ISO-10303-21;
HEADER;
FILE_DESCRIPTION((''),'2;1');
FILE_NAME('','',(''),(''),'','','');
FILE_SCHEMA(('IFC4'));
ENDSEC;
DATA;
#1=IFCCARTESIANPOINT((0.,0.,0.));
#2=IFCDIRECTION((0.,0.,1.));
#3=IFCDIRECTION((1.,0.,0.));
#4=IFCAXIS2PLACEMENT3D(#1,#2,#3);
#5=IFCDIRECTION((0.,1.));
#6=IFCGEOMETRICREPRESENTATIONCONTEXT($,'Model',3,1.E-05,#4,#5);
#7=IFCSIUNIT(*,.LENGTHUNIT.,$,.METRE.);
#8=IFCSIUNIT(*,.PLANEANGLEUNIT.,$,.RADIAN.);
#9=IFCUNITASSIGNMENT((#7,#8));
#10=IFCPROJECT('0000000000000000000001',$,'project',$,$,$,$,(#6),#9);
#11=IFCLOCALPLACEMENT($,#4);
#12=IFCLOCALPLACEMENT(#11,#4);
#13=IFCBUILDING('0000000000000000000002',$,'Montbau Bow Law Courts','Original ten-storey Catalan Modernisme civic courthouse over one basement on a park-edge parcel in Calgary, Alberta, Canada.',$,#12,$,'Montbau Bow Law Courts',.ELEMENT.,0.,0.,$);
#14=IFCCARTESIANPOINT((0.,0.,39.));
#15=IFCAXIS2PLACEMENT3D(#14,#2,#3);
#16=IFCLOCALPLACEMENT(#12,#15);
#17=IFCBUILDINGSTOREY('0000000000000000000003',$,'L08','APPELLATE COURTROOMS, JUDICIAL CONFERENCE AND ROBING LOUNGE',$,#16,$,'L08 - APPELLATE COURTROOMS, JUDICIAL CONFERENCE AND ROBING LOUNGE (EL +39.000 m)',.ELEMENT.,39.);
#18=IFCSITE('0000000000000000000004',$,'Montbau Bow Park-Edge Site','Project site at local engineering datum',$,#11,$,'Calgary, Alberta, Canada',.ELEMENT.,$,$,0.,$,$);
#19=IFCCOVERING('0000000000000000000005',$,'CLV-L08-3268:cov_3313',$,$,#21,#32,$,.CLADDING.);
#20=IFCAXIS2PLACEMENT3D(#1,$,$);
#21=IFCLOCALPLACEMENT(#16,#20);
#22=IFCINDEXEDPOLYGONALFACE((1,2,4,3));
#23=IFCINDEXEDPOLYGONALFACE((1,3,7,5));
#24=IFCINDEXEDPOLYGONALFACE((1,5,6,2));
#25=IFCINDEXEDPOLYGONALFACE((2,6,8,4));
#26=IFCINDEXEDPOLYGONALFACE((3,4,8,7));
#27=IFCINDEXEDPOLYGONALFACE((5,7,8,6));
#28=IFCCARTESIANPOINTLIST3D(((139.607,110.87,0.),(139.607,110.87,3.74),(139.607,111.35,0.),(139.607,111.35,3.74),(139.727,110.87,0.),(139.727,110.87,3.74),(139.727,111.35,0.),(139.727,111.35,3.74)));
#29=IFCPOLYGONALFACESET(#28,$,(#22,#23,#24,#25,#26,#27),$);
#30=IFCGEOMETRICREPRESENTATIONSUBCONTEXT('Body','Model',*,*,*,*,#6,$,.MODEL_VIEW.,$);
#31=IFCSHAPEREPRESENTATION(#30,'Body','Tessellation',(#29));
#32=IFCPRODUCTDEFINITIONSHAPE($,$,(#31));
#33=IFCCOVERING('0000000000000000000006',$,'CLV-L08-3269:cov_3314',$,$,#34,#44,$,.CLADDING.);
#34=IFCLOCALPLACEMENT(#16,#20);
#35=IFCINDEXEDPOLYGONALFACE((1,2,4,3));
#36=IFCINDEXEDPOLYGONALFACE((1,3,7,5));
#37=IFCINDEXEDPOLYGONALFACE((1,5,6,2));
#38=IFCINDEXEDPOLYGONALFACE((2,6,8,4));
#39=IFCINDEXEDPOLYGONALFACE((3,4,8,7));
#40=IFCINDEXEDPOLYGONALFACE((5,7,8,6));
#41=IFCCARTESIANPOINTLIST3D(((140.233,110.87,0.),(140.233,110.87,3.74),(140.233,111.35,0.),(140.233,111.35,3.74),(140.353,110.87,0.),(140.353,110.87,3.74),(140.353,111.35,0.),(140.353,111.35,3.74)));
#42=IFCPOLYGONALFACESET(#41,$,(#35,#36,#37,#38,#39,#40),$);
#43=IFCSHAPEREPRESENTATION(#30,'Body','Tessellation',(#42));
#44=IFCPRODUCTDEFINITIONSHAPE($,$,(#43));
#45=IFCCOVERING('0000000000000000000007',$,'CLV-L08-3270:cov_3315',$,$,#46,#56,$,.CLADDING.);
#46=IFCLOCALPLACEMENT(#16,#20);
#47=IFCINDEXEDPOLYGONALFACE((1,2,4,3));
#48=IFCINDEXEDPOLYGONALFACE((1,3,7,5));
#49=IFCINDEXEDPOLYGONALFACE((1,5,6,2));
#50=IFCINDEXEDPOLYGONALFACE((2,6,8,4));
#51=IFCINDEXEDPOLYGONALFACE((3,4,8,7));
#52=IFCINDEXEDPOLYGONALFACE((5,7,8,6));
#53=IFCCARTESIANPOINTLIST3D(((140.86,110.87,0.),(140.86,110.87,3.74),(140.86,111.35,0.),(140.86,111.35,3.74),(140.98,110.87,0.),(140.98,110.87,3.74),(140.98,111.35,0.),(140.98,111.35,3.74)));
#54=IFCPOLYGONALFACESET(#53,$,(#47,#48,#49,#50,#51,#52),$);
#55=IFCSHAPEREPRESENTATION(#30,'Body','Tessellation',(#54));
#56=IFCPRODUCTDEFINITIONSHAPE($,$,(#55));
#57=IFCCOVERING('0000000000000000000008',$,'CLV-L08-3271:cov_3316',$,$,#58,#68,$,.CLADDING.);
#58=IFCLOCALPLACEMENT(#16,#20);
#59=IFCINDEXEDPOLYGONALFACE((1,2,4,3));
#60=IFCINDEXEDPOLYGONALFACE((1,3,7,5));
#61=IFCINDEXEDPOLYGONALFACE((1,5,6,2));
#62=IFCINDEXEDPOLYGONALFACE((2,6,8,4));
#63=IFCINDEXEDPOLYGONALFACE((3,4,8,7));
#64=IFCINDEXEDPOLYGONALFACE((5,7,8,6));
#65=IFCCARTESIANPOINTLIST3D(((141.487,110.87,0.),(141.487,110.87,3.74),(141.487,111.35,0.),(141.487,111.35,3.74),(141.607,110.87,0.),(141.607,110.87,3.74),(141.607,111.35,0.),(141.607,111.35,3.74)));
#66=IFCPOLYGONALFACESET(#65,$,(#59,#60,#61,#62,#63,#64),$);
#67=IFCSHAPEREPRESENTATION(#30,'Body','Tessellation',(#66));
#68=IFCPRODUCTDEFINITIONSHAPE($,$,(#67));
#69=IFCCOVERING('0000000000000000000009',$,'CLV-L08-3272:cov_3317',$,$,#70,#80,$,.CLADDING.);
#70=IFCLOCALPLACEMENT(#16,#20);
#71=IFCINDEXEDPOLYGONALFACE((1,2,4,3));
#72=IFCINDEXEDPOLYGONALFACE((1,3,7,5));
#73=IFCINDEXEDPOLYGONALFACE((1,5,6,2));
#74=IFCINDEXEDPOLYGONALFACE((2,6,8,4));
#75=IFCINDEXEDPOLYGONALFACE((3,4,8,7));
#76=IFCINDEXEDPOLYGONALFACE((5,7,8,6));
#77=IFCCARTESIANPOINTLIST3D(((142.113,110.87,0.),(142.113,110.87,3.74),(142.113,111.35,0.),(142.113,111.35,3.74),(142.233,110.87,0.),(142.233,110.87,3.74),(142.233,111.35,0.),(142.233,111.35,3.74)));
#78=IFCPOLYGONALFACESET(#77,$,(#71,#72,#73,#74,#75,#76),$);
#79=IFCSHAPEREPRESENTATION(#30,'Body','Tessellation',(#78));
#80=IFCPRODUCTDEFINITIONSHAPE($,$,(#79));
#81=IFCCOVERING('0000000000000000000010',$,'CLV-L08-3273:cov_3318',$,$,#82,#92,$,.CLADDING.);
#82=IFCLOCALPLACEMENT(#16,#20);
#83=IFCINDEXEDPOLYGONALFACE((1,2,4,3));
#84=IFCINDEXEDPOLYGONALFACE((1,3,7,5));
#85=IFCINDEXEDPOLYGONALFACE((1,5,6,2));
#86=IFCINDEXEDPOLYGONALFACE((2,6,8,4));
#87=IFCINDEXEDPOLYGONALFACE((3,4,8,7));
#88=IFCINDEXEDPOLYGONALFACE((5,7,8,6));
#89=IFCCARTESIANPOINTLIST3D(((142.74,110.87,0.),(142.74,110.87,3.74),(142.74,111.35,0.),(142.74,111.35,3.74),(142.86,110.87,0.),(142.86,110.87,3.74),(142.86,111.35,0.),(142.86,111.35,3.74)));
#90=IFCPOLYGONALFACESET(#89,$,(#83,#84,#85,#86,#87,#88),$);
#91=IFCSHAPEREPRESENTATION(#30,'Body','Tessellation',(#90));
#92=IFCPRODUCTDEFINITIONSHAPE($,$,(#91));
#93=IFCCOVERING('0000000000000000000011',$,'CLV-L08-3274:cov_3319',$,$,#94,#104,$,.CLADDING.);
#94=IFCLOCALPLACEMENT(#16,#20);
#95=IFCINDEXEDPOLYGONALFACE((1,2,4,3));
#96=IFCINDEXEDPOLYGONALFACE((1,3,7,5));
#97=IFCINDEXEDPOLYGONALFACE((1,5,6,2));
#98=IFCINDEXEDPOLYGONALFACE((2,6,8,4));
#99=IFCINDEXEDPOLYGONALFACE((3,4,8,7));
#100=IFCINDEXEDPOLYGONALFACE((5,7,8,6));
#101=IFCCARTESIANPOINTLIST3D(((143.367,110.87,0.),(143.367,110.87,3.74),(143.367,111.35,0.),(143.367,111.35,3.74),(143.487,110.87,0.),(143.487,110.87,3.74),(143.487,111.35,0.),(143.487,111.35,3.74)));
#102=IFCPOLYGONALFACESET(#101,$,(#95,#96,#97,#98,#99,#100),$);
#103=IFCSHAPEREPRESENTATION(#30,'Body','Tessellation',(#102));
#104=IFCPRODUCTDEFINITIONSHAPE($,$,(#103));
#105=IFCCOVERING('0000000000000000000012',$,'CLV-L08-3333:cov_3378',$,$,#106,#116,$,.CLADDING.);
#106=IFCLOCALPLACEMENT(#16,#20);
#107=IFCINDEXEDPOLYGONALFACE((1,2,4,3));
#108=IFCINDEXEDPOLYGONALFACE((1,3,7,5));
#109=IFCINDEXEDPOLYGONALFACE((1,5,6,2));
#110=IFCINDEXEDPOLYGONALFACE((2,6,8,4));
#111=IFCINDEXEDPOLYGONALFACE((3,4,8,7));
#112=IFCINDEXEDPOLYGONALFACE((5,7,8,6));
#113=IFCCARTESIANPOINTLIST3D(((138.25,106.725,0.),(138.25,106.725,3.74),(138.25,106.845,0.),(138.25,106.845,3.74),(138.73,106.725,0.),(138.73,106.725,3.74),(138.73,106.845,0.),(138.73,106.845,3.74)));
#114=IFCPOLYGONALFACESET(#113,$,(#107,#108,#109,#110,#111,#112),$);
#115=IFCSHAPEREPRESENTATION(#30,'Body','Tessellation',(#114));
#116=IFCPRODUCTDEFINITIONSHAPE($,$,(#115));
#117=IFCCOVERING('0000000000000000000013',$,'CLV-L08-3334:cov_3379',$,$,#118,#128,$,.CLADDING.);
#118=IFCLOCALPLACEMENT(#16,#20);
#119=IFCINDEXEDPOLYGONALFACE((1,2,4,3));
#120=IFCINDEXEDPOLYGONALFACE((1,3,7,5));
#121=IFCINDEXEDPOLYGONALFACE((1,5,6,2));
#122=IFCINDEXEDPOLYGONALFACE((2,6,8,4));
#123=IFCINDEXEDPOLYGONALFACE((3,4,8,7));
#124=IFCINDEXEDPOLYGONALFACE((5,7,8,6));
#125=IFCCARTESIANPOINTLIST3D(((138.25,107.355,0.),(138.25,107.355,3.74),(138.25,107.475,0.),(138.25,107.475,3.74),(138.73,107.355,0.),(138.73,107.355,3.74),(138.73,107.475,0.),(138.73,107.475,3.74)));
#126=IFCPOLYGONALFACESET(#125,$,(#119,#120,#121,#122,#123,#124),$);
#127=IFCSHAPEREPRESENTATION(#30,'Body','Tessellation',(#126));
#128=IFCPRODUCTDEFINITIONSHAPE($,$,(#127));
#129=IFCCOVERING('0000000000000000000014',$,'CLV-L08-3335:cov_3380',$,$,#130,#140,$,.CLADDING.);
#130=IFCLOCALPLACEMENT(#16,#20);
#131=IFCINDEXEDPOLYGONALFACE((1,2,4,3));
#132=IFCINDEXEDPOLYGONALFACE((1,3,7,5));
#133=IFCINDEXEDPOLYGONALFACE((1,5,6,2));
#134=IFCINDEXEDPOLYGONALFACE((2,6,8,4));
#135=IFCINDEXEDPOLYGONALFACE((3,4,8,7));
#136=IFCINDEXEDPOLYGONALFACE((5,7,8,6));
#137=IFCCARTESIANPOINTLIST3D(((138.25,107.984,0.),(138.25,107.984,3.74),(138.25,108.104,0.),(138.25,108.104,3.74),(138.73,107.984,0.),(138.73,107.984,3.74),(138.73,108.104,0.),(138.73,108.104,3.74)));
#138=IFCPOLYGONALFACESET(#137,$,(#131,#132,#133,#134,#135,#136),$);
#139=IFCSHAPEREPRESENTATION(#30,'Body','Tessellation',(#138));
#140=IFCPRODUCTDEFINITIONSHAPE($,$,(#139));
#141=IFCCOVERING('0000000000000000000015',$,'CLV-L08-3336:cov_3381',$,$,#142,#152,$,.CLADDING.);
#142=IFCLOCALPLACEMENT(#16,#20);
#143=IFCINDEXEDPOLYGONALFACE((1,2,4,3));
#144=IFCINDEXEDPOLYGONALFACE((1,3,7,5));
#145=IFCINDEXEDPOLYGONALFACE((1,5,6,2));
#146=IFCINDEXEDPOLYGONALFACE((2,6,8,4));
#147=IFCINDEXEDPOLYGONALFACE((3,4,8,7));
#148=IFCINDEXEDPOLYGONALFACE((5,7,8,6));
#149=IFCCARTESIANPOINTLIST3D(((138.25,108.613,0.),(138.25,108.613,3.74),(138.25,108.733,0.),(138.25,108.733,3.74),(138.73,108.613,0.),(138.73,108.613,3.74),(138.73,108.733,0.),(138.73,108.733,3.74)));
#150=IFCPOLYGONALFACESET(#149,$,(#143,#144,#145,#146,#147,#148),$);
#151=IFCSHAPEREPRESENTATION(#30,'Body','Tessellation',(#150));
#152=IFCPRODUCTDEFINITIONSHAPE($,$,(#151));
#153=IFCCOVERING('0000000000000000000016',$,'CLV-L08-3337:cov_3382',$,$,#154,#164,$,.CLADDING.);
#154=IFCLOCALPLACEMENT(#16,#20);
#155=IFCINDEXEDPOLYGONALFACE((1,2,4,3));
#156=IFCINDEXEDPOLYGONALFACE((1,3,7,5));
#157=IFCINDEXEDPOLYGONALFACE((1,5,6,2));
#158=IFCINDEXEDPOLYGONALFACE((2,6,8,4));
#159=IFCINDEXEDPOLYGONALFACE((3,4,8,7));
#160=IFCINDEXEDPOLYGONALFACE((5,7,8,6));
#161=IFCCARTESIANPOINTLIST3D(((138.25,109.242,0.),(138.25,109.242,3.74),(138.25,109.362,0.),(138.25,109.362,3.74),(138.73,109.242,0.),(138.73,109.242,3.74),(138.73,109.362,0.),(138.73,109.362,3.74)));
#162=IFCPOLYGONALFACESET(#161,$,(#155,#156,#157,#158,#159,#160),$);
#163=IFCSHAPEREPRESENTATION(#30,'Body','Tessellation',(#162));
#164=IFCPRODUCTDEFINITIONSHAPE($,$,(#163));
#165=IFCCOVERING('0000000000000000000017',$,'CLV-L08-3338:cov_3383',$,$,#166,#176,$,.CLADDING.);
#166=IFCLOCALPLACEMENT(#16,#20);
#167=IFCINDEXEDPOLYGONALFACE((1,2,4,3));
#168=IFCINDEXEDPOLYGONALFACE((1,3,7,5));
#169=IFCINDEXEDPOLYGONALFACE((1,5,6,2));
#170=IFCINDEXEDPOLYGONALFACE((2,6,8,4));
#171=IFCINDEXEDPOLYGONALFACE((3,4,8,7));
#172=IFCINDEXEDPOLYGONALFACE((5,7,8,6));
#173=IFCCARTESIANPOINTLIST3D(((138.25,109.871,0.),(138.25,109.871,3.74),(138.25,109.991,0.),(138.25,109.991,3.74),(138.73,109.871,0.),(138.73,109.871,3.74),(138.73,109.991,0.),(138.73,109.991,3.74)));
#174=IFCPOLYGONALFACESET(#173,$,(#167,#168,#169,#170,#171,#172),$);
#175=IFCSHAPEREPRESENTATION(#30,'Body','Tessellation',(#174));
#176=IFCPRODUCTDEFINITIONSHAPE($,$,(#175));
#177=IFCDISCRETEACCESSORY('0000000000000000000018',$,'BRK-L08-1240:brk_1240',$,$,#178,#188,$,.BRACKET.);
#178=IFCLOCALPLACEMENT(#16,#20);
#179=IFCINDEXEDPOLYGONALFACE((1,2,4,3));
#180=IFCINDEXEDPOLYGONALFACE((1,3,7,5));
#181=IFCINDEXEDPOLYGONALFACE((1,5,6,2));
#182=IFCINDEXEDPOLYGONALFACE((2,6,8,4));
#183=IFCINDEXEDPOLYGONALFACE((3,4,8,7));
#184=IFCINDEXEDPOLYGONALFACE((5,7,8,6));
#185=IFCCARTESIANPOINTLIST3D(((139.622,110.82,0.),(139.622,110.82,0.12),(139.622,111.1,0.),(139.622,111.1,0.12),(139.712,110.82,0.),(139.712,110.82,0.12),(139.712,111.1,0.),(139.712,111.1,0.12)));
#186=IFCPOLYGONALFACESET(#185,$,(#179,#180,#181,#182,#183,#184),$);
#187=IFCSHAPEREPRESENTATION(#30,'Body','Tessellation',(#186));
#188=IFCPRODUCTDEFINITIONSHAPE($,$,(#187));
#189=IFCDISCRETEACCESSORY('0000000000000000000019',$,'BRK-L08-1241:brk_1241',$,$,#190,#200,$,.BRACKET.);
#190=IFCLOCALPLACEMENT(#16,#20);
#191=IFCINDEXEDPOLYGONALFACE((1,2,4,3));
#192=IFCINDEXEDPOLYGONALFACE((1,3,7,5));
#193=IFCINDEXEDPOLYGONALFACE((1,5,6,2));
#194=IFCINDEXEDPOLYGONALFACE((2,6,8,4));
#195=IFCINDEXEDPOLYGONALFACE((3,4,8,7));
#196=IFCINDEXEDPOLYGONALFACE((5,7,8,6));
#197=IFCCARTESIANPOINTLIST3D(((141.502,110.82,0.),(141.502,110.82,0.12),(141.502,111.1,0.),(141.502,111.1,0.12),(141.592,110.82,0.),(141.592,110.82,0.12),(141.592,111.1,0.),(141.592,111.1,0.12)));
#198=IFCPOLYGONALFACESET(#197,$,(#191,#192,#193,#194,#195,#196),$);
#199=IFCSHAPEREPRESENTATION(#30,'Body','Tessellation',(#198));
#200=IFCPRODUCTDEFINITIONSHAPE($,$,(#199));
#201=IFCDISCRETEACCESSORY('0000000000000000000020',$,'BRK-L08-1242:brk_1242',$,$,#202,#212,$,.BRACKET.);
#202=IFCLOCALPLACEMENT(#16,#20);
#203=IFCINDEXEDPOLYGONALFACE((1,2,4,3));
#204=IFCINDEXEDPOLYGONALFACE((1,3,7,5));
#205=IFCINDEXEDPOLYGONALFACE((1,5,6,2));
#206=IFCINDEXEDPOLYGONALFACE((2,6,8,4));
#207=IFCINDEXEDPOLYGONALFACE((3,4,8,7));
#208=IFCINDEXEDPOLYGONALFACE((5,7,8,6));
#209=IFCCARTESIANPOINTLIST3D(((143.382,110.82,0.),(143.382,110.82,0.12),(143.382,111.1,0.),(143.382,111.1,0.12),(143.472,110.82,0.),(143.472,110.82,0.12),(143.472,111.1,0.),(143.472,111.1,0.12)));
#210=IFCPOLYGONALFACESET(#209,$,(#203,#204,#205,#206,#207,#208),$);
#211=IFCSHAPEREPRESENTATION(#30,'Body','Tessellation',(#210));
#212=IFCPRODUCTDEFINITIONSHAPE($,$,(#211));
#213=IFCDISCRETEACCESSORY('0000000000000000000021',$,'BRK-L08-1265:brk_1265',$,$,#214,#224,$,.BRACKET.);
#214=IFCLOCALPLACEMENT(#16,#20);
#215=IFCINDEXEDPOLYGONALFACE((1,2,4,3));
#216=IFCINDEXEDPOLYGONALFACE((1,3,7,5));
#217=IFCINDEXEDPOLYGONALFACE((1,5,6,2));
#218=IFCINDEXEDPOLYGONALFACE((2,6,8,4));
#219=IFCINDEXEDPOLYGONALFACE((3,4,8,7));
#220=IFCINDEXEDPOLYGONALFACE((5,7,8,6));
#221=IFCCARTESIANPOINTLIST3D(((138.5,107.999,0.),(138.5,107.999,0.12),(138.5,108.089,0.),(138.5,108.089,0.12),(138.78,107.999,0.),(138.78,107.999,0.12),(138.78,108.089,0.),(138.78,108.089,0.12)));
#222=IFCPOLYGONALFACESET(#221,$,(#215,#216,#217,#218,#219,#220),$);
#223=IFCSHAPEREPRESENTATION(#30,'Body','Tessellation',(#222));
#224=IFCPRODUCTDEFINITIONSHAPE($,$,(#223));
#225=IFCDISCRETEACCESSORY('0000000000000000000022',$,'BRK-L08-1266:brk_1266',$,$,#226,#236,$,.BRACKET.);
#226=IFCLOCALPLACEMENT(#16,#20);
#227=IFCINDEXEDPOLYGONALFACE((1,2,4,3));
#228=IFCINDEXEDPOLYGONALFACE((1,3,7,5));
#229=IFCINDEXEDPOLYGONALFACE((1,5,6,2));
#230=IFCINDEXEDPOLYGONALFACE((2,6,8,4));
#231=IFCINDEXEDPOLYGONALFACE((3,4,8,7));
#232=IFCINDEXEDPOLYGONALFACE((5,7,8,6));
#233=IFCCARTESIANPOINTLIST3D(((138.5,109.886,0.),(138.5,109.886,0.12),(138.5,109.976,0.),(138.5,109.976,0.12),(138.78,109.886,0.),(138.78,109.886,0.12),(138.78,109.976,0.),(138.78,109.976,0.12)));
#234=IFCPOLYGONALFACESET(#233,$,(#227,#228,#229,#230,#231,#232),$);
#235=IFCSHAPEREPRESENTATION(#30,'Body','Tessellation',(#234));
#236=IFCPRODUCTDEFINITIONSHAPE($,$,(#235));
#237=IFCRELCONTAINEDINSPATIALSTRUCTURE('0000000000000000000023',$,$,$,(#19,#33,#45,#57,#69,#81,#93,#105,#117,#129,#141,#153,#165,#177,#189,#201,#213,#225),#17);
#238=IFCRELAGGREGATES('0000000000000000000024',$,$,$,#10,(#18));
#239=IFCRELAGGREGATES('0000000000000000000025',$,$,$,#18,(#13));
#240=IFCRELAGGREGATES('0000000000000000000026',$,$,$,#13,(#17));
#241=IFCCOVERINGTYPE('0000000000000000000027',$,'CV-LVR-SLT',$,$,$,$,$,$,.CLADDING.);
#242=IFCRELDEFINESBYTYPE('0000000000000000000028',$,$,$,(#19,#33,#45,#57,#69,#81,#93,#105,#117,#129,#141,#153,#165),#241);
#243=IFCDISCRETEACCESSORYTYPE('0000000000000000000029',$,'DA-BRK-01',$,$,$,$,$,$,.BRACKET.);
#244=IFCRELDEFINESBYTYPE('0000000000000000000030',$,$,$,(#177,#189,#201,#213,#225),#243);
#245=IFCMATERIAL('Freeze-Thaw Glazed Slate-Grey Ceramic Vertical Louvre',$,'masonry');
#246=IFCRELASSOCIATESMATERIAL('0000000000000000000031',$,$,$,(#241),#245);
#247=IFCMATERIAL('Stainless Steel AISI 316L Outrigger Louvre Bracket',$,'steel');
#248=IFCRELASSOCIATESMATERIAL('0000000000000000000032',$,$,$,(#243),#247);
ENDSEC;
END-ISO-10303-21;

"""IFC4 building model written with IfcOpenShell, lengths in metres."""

from ifc_helpers import new_model, si_unit, direction, frame, frame_2d, origin_with_axes, origin_2d_with_axis, place, context, subcontext, project, spatial, rectangle, extrude, material, type_object, element, save


model = new_model("IFC4")

# Units and contexts
model_context = context("Model", 3, precision=1e-05, world=origin_with_axes(), true_north=direction((0.0, 1.0)))
body_context = subcontext(model_context, "Body", "Model", "MODEL_VIEW")
ifc_project = project(units=[si_unit("LENGTHUNIT", "METRE"), si_unit("PLANEANGLEUNIT", "RADIAN")], contexts=[model_context])

# Site, building, storey
site_placement = place(None, origin_with_axes())
site = spatial("IfcSite", under=ifc_project, at=site_placement, Name="Montbau Bow Park-Edge Site", Description="Project site at local engineering datum", LongName="Calgary, Alberta, Canada", CompositionType="ELEMENT", RefElevation=0.0)
building_placement = place(site_placement, origin_with_axes())
building = spatial("IfcBuilding", under=site, at=building_placement, Name="Montbau Bow Law Courts", Description="Original ten-storey Catalan Modernisme civic courthouse over one basement on a park-edge parcel in Calgary, Alberta, Canada.", LongName="Montbau Bow Law Courts", CompositionType="ELEMENT", ElevationOfRefHeight=0.0, ElevationOfTerrain=0.0)
storey_placement = place(building_placement, frame((0.0, 0.0, 39.0), z_axis=(0.0, 0.0, 1.0), x_axis=(1.0, 0.0, 0.0)))
storey = spatial("IfcBuildingStorey", under=building, at=storey_placement, Name="L08", Description="APPELLATE COURTROOMS, JUDICIAL CONFERENCE AND ROBING LOUNGE", LongName="L08 - APPELLATE COURTROOMS, JUDICIAL CONFERENCE AND ROBING LOUNGE (EL +39.000 m)", CompositionType="ELEMENT", Elevation=39.0)

# Coverings
ifc_material_1 = material(Name="Freeze-Thaw Glazed Slate-Grey Ceramic Vertical Louvre", Category="masonry")
covering_type = type_object("IfcCoveringType", Name="CV-LVR-SLT", PredefinedType="CLADDING", material=ifc_material_1)
for number, where, z_axis, x_axis, name in (
    (1, (139.667, 110.87, 39.0), (1.0, 0.0, 0.0), (0.0, 1.0, 0.0), "CLV-L08-3268:cov_3313"),
    (2, (140.293, 110.87, 39.0), (1.0, 0.0, 0.0), (0.0, 1.0, 0.0), "CLV-L08-3269:cov_3314"),
    (3, (140.92, 110.87, 39.0), (1.0, 0.0, 0.0), (0.0, 1.0, 0.0), "CLV-L08-3270:cov_3315"),
    (4, (141.547, 110.87, 39.0), (1.0, 0.0, 0.0), (0.0, 1.0, 0.0), "CLV-L08-3271:cov_3316"),
    (5, (142.173, 110.87, 39.0), (1.0, 0.0, 0.0), (0.0, 1.0, 0.0), "CLV-L08-3272:cov_3317"),
    (6, (142.8, 110.87, 39.0), (1.0, 0.0, 0.0), (0.0, 1.0, 0.0), "CLV-L08-3273:cov_3318"),
    (7, (143.427, 110.87, 39.0), (1.0, 0.0, 0.0), (0.0, 1.0, 0.0), "CLV-L08-3274:cov_3319"),
    (8, (138.73, 106.785, 39.0), (0.0, 1.0, 0.0), (-1.0, 0.0, 0.0), "CLV-L08-3333:cov_3378"),
    (9, (138.73, 107.415, 39.0), (0.0, 1.0, 0.0), (-1.0, 0.0, 0.0), "CLV-L08-3334:cov_3379"),
    (10, (138.73, 108.044, 39.0), (0.0, 1.0, 0.0), (-1.0, 0.0, 0.0), "CLV-L08-3335:cov_3380"),
    (11, (138.73, 108.673, 39.0), (0.0, 1.0, 0.0), (-1.0, 0.0, 0.0), "CLV-L08-3336:cov_3381"),
    (12, (138.73, 109.302, 39.0), (0.0, 1.0, 0.0), (-1.0, 0.0, 0.0), "CLV-L08-3337:cov_3382"),
    (13, (138.73, 109.931, 39.0), (0.0, 1.0, 0.0), (-1.0, 0.0, 0.0), "CLV-L08-3338:cov_3383"),
):
    element("IfcCovering", number, at=place(None, frame(where, z_axis=z_axis, x_axis=x_axis)), inside=storey, type_object=covering_type, Name=name, PredefinedType="CLADDING", context=body_context, shape_type="SweptSolid", body=[
        extrude(rectangle(XDim=0.48, YDim=3.74, at=frame_2d((0.24, 1.87), x_axis=(1.0, 0.0))), frame((0.0, 0.0, -0.06), z_axis=(0.0, 0.0, 1.0), x_axis=(1.0, 0.0, 0.0)), (0.0, 0.0, 1.0), 0.12),
    ])

# Discrete accessories
ifc_material_2 = material(Name="Stainless Steel AISI 316L Outrigger Louvre Bracket", Category="steel")
discrete_accessory_type = type_object("IfcDiscreteAccessoryType", Name="DA-BRK-01", PredefinedType="BRACKET", material=ifc_material_2)
for number, where, z_axis, x_axis, name in (
    (14, (139.667, 110.96, 39.0), (0.0, 0.0, 1.0), (0.0, 1.0, 0.0), "BRK-L08-1240:brk_1240"),
    (15, (141.547, 110.96, 39.0), (0.0, 0.0, 1.0), (0.0, 1.0, 0.0), "BRK-L08-1241:brk_1241"),
    (16, (143.427, 110.96, 39.0), (0.0, 0.0, 1.0), (0.0, 1.0, 0.0), "BRK-L08-1242:brk_1242"),
    (17, (138.64, 108.044, 39.0), (0.0, 0.0, 1.0), (-1.0, 0.0, 0.0), "BRK-L08-1265:brk_1265"),
    (18, (138.64, 109.931, 39.0), (0.0, 0.0, 1.0), (-1.0, 0.0, 0.0), "BRK-L08-1266:brk_1266"),
):
    element("IfcDiscreteAccessory", number, at=place(None, frame(where, z_axis=z_axis, x_axis=x_axis)), inside=storey, type_object=discrete_accessory_type, Name=name, PredefinedType="BRACKET", context=body_context, shape_type="SweptSolid", body=[
        extrude(rectangle(XDim=0.28, YDim=0.09, at=origin_2d_with_axis()), origin_with_axes(), (0.0, 0.0, 1.0), 0.12),
    ])

save(model, "model.ifc")
